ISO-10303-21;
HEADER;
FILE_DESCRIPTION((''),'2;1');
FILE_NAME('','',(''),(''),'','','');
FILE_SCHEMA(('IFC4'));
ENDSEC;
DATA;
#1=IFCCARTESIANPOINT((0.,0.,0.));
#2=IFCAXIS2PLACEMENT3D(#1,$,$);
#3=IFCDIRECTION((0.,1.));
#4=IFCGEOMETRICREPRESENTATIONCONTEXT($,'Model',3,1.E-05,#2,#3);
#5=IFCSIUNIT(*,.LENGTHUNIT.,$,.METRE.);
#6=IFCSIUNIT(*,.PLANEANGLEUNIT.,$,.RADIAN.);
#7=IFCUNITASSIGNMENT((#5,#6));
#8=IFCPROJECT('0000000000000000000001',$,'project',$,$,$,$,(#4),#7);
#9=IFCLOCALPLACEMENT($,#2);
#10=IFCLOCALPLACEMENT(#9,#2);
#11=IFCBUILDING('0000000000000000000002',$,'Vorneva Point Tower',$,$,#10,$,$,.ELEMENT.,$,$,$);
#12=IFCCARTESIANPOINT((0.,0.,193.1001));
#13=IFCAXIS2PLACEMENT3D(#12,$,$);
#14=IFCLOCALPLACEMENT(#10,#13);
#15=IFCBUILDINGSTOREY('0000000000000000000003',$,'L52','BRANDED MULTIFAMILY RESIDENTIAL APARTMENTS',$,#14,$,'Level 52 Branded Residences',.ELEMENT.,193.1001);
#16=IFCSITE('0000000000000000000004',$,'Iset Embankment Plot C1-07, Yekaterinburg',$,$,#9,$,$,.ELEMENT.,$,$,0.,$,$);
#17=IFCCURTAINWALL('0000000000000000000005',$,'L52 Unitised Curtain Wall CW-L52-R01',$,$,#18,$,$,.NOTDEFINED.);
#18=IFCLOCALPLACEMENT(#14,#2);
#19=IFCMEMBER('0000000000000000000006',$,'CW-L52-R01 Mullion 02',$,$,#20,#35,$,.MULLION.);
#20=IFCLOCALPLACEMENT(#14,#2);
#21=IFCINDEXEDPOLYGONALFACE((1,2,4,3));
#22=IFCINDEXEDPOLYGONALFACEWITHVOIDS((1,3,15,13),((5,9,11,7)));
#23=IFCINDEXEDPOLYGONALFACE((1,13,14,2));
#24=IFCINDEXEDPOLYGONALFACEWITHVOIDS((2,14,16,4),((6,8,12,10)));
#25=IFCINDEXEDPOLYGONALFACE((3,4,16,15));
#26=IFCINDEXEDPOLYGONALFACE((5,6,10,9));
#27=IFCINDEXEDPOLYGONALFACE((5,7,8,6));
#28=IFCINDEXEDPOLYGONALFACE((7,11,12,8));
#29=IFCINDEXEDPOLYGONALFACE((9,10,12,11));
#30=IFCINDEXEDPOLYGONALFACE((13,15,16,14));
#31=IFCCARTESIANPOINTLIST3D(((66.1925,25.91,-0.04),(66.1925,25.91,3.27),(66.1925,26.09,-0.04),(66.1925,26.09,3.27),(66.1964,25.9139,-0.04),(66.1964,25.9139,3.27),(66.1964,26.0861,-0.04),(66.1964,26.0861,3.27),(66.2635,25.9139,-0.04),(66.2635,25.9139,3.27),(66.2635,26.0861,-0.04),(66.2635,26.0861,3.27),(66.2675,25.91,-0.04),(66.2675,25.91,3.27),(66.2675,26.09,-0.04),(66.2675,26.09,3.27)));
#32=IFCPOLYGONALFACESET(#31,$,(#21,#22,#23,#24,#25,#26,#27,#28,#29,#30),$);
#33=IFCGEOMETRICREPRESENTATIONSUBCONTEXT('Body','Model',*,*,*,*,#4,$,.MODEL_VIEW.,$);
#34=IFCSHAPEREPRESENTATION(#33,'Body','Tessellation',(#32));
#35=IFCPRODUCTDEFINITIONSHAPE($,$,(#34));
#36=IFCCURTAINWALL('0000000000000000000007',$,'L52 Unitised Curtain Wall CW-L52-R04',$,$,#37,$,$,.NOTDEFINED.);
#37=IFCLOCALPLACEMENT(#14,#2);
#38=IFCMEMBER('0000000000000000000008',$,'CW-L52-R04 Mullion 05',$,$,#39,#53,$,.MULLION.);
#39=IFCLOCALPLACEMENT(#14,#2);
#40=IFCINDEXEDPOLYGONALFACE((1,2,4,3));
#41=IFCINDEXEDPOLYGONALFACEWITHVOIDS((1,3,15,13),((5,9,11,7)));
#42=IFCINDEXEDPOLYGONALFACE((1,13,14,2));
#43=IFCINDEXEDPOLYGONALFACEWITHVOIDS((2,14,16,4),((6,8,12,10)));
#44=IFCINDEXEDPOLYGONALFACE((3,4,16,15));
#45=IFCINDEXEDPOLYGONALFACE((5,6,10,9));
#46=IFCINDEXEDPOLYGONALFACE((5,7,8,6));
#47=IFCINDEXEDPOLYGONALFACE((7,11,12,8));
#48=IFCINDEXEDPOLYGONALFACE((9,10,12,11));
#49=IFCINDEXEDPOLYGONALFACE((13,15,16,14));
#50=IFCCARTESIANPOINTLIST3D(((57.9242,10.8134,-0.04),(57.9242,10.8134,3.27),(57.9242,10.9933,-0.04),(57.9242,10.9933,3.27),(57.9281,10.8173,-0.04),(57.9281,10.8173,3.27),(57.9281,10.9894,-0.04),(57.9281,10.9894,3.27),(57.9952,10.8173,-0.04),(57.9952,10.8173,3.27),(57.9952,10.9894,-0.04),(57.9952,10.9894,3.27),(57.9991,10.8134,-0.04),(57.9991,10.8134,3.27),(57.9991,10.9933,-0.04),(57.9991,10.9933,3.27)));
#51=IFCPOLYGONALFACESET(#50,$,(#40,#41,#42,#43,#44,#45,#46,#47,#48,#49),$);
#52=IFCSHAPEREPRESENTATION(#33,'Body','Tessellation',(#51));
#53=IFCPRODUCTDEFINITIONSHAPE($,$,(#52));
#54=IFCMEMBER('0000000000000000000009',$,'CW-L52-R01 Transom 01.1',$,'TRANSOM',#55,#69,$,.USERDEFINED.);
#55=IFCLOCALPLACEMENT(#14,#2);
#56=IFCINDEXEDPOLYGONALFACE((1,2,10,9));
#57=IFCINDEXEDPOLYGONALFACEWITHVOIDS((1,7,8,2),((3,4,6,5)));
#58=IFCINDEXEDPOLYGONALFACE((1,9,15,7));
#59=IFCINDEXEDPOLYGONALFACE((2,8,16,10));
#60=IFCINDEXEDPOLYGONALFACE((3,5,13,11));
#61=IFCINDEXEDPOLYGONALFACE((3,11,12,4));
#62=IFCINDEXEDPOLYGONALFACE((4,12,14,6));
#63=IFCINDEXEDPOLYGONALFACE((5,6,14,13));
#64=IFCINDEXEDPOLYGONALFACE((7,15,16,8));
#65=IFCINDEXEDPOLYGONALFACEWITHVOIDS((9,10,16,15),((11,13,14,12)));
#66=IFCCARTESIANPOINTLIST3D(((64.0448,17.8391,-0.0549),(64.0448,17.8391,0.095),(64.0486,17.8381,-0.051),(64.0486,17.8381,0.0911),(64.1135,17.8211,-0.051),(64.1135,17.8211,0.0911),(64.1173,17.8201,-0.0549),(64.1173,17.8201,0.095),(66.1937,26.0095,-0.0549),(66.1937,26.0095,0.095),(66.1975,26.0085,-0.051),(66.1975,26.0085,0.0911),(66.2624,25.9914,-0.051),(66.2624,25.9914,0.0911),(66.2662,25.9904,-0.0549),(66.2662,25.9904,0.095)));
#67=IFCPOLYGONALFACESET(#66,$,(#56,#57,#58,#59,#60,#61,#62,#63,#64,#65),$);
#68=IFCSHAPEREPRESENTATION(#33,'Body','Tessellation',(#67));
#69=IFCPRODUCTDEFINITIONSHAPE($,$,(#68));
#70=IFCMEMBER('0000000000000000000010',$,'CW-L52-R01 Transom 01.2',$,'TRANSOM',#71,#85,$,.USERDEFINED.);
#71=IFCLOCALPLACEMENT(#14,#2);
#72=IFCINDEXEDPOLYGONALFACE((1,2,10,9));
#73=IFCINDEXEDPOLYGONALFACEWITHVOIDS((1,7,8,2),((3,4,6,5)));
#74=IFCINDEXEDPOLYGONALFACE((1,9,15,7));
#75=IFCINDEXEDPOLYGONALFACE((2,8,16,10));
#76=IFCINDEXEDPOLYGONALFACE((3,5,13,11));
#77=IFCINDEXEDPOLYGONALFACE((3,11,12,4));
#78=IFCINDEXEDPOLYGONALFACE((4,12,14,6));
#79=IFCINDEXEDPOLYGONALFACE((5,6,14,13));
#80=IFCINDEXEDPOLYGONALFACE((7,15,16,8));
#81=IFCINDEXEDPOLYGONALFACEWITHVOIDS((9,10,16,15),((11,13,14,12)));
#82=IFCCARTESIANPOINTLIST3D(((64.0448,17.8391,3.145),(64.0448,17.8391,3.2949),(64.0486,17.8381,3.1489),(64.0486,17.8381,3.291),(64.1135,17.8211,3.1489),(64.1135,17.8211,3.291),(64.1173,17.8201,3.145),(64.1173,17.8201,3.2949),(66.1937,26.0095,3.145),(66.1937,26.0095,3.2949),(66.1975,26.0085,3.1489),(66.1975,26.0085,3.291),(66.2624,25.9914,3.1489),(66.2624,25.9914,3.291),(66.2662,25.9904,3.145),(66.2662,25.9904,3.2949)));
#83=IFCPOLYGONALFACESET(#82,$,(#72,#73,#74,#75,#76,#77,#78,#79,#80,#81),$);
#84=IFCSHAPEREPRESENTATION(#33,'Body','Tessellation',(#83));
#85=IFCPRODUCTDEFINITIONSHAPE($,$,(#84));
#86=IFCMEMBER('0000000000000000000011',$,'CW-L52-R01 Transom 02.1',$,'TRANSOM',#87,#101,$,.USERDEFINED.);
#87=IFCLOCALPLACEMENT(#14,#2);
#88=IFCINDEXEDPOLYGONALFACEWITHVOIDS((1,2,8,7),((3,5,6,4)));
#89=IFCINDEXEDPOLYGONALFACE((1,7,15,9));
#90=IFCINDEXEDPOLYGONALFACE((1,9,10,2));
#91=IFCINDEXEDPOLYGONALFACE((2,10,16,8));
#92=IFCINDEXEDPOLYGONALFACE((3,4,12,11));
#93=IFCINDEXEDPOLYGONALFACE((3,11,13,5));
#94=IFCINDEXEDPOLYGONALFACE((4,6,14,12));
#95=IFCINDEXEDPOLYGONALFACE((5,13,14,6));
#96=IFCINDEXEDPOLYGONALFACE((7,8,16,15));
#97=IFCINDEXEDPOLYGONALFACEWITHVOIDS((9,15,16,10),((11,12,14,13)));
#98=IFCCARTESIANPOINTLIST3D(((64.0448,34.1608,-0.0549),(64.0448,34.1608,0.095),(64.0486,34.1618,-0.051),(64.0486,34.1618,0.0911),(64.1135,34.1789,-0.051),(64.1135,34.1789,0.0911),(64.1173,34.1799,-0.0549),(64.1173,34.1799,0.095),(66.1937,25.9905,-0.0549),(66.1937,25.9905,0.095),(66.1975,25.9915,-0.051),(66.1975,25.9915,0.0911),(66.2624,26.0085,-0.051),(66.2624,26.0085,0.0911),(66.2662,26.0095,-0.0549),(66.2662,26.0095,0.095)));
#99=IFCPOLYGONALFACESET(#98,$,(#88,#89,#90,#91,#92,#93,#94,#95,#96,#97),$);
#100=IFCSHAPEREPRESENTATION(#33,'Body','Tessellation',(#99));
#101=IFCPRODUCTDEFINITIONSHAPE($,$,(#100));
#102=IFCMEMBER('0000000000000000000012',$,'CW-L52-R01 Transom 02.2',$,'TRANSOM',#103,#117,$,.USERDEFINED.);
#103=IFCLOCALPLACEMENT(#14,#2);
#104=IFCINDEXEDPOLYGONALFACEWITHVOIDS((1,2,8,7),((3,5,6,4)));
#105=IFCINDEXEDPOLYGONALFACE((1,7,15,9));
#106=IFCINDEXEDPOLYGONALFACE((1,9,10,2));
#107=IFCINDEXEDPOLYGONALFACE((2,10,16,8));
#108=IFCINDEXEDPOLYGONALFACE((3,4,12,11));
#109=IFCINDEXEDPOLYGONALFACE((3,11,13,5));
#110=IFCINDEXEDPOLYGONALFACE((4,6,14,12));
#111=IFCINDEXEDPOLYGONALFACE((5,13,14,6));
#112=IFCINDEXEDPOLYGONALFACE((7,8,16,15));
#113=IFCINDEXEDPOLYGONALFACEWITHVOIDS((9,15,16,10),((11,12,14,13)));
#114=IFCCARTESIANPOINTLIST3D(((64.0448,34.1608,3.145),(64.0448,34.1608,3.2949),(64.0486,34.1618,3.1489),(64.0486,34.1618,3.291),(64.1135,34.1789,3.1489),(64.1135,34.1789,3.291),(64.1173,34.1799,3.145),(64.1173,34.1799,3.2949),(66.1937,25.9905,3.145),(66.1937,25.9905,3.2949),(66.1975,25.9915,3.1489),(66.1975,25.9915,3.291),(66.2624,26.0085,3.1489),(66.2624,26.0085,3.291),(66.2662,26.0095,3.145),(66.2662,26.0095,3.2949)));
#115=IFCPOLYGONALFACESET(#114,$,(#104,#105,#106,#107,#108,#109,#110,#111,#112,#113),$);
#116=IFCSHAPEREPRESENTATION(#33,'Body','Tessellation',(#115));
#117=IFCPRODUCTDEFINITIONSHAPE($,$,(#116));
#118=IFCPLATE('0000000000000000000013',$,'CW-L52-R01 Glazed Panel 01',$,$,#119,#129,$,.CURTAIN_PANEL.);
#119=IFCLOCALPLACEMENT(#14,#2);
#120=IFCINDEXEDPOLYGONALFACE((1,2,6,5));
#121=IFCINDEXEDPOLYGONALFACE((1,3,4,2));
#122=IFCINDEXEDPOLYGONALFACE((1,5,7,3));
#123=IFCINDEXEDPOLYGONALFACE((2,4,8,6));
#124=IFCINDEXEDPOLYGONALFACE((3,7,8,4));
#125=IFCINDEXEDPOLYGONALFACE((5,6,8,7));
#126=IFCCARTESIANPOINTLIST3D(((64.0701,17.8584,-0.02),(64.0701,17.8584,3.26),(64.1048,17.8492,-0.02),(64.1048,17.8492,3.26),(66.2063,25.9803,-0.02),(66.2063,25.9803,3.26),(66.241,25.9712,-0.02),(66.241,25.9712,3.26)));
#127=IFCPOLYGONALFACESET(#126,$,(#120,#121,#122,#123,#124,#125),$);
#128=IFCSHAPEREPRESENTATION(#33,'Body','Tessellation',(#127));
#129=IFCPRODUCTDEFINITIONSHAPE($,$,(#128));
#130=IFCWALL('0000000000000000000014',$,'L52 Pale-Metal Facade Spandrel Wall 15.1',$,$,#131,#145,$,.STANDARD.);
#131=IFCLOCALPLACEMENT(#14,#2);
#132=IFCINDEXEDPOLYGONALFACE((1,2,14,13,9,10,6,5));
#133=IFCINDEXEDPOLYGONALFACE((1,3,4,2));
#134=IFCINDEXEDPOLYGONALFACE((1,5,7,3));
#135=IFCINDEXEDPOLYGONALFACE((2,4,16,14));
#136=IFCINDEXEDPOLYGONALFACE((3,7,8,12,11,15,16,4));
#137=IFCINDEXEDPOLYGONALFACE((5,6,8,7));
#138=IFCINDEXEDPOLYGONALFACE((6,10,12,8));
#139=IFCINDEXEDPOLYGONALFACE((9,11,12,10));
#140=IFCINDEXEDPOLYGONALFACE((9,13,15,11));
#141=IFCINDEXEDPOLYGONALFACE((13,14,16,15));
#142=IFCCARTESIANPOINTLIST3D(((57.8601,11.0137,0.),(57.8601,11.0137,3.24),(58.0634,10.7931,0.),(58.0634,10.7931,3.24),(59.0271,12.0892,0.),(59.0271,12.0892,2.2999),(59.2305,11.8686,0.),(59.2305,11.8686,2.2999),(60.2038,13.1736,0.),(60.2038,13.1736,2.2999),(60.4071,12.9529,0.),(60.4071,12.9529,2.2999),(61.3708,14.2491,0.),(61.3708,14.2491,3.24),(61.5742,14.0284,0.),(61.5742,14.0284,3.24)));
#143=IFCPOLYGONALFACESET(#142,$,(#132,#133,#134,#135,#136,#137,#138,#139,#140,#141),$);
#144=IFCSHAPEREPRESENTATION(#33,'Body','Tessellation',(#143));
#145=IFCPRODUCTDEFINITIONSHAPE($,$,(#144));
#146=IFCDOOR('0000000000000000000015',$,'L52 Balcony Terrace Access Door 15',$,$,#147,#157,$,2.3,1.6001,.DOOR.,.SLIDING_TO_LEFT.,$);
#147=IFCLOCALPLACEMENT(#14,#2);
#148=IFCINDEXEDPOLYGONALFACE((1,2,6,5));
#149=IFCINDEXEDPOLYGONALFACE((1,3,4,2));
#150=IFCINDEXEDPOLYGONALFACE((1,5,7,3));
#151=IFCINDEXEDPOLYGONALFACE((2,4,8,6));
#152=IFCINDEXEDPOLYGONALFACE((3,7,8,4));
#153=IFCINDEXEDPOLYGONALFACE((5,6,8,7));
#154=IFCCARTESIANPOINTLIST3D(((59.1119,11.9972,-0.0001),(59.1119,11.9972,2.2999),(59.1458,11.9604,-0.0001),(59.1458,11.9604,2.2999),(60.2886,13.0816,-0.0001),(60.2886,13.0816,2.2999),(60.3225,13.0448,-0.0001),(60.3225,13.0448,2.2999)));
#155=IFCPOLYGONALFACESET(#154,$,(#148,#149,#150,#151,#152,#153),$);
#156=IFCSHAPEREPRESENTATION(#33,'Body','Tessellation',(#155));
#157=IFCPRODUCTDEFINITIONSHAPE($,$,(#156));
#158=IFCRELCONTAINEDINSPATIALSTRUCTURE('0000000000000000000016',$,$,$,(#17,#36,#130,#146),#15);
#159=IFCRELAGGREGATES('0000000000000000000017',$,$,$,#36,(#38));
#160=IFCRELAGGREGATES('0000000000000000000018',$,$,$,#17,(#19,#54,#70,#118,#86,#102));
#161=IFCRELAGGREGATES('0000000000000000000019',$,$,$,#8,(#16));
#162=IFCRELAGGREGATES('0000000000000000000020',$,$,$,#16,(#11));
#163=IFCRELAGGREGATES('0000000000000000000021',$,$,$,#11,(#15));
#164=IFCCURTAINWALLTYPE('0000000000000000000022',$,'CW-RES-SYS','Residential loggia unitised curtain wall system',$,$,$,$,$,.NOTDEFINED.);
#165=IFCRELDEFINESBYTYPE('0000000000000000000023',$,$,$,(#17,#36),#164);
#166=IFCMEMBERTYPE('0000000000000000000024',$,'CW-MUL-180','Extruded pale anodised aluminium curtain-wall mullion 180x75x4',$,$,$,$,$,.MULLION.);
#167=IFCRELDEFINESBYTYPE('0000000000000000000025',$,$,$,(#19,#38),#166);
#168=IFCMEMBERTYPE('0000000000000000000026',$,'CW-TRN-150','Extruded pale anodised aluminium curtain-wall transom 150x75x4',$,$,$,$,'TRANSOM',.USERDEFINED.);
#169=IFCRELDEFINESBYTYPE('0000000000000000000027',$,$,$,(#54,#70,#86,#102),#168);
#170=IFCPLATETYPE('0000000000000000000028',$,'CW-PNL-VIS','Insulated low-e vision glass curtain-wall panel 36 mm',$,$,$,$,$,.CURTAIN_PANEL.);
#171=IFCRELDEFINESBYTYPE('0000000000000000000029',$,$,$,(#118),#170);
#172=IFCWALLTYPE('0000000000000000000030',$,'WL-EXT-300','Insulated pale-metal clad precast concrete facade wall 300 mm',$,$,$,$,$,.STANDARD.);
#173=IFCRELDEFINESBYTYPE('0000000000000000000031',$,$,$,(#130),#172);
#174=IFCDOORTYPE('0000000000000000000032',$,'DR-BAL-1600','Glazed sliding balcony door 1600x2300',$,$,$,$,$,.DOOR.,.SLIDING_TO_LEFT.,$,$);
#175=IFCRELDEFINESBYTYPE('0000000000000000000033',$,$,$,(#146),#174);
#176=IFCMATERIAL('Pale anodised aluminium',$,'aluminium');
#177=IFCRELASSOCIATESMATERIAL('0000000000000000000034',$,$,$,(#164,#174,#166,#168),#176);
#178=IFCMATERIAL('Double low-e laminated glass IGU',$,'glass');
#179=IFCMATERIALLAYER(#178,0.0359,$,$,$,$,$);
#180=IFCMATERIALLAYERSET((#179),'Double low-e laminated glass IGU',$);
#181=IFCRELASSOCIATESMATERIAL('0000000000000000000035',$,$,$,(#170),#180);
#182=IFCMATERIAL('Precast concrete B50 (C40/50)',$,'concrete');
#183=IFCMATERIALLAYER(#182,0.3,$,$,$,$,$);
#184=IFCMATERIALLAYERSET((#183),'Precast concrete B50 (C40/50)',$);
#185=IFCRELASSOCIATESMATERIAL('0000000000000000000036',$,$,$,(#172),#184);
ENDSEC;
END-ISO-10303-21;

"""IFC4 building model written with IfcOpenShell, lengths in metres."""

from ifc_helpers import new_model, si_unit, direction, frame, frame_2d, origin, origin_2d, place, context, subcontext, project, spatial, rectangle, hollow_rectangle, extrude, material, layer, layer_set, material_profile, profile_set, type_object, element, fill, aggregate, save


model = new_model("IFC4")

# Units and contexts
model_context = context("Model", 3, precision=1e-05, world=origin(), true_north=direction((0.0, 1.0)))
body_context = subcontext(model_context, "Body", "Model", "MODEL_VIEW")
ifc_project = project(units=[si_unit("LENGTHUNIT", "METRE"), si_unit("PLANEANGLEUNIT", "RADIAN")], contexts=[model_context])

# Site, building, storey
site_placement = place(None, origin())
site = spatial("IfcSite", under=ifc_project, at=site_placement, Name="Iset Embankment Plot C1-07, Yekaterinburg", CompositionType="ELEMENT", RefElevation=0.0)
building_placement = place(site_placement, origin())
building = spatial("IfcBuilding", under=site, at=building_placement, Name="Vorneva Point Tower", CompositionType="ELEMENT")
storey_placement = place(building_placement, frame((0.0, 0.0, 193.1001)))
storey = spatial("IfcBuildingStorey", under=building, at=storey_placement, Name="L52", Description="BRANDED MULTIFAMILY RESIDENTIAL APARTMENTS", LongName="Level 52 Branded Residences", CompositionType="ELEMENT", Elevation=193.1001)

# Curtain wall, member
ifc_material_1 = material(Name="Pale anodised aluminium", Category="aluminium")
curtain_wall_type = type_object("IfcCurtainWallType", Name="CW-RES-SYS", Description="Residential loggia unitised curtain wall system", PredefinedType="NOTDEFINED", material=ifc_material_1)
curtain_wall_1_placement = place(storey_placement, origin())
curtain_wall_1 = element("IfcCurtainWall", 1, at=curtain_wall_1_placement, inside=storey, type_object=curtain_wall_type, Name="L52 Unitised Curtain Wall CW-L52-R01", PredefinedType="NOTDEFINED")
ifc_material_profile_1 = material_profile(ifc_material_1, hollow_rectangle(XDim=0.075, YDim=0.1799, WallThickness=0.0039, at=origin_2d()), Name="AL-MUL 180x75x4")
ifc_profile_set_1 = profile_set([ifc_material_profile_1], Name="Pale anodised aluminium")
member_type_1 = type_object("IfcMemberType", Name="CW-MUL-180", Description="Extruded pale anodised aluminium curtain-wall mullion 180x75x4", PredefinedType="MULLION", material=ifc_profile_set_1)
member_1_placement = place(storey_placement, frame((66.23, 26.0, -0.04), z_axis=(0.0, 0.0, 1.0), x_axis=(1.0, 0.0, 0.0)))
member_1 = element("IfcMember", 2, at=member_1_placement, type_object=member_type_1, Name="CW-L52-R01 Mullion 02", PredefinedType="MULLION", context=body_context, shape_type="SweptSolid", body=[
    extrude(hollow_rectangle(XDim=0.075, YDim=0.1799, WallThickness=0.0039, at=origin_2d()), origin(), (0.0, 0.0, 1.0), 3.3101),
])

# Curtain wall, member
curtain_wall_2_placement = place(storey_placement, origin())
curtain_wall_2 = element("IfcCurtainWall", 3, at=curtain_wall_2_placement, inside=storey, type_object=curtain_wall_type, Name="L52 Unitised Curtain Wall CW-L52-R04", PredefinedType="NOTDEFINED")
member_2_placement = place(storey_placement, frame((57.9617, 10.9033, -0.04), z_axis=(0.0, 0.0, 1.0), x_axis=(1.0, 0.0, 0.0)))
member_2 = element("IfcMember", 4, at=member_2_placement, type_object=member_type_1, Name="CW-L52-R04 Mullion 05", PredefinedType="MULLION", context=body_context, shape_type="SweptSolid", body=[
    extrude(hollow_rectangle(XDim=0.075, YDim=0.1799, WallThickness=0.0039, at=origin_2d()), origin(), (0.0, 0.0, 1.0), 3.3101),
])
aggregate(curtain_wall_2, [member_2])

# Members
ifc_material_profile_2 = material_profile(ifc_material_1, hollow_rectangle(XDim=0.075, YDim=0.1499, WallThickness=0.0039, at=origin_2d()), Name="AL-TRN 150x75x4")
ifc_profile_set_2 = profile_set([ifc_material_profile_2], Name="Pale anodised aluminium")
member_type_2 = type_object("IfcMemberType", Name="CW-TRN-150", Description="Extruded pale anodised aluminium curtain-wall transom 150x75x4", ElementType="TRANSOM", PredefinedType="USERDEFINED", material=ifc_profile_set_2)
member_3_placement = place(storey_placement, frame((64.0811, 17.8296, 0.02), z_axis=(0.254362, 0.967109, 0.0), x_axis=(-0.967109, 0.254362, 0.0)))
member_3 = element("IfcMember", 5, at=member_3_placement, type_object=member_type_2, Name="CW-L52-R01 Transom 01.1", ObjectType="TRANSOM", PredefinedType="USERDEFINED", context=body_context, shape_type="SweptSolid", body=[
    extrude(hollow_rectangle(XDim=0.075, YDim=0.1499, WallThickness=0.0039, at=origin_2d()), origin(), (0.0, 0.0, 1.0), 8.4482),
])
member_4_placement = place(storey_placement, frame((64.0811, 17.8296, 3.22), z_axis=(0.254362, 0.967109, 0.0), x_axis=(-0.967109, 0.254362, 0.0)))
member_4 = element("IfcMember", 6, at=member_4_placement, type_object=member_type_2, Name="CW-L52-R01 Transom 01.2", ObjectType="TRANSOM", PredefinedType="USERDEFINED", context=body_context, shape_type="SweptSolid", body=[
    extrude(hollow_rectangle(XDim=0.075, YDim=0.1499, WallThickness=0.0039, at=origin_2d()), origin(), (0.0, 0.0, 1.0), 8.4482),
])
member_5_placement = place(storey_placement, frame((66.23, 26.0, 0.02), z_axis=(-0.254362, 0.967109, 0.0), x_axis=(-0.967109, -0.254362, 0.0)))
member_5 = element("IfcMember", 7, at=member_5_placement, type_object=member_type_2, Name="CW-L52-R01 Transom 02.1", ObjectType="TRANSOM", PredefinedType="USERDEFINED", context=body_context, shape_type="SweptSolid", body=[
    extrude(hollow_rectangle(XDim=0.075, YDim=0.1499, WallThickness=0.0039, at=origin_2d()), origin(), (0.0, 0.0, 1.0), 8.4482),
])
member_6_placement = place(storey_placement, frame((66.23, 26.0, 3.22), z_axis=(-0.254362, 0.967109, 0.0), x_axis=(-0.967109, -0.254362, 0.0)))
member_6 = element("IfcMember", 8, at=member_6_placement, type_object=member_type_2, Name="CW-L52-R01 Transom 02.2", ObjectType="TRANSOM", PredefinedType="USERDEFINED", context=body_context, shape_type="SweptSolid", body=[
    extrude(hollow_rectangle(XDim=0.075, YDim=0.1499, WallThickness=0.0039, at=origin_2d()), origin(), (0.0, 0.0, 1.0), 8.4482),
])

# Plate
ifc_material_2 = material(Name="Double low-e laminated glass IGU", Category="glass")
ifc_layer_1 = layer(ifc_material_2, 0.0359)
ifc_layer_set_1 = layer_set([ifc_layer_1], Name="Double low-e laminated glass IGU")
plate_type = type_object("IfcPlateType", Name="CW-PNL-VIS", Description="Insulated low-e vision glass curtain-wall panel 36 mm", PredefinedType="CURTAIN_PANEL", material=ifc_layer_set_1)
plate_placement = place(storey_placement, frame((65.1555, 21.9148, -0.02), z_axis=(0.0, 0.0, 1.0), x_axis=(0.254366, 0.967108, 0.0)))
plate = element("IfcPlate", 9, at=plate_placement, type_object=plate_type, Name="CW-L52-R01 Glazed Panel 01", PredefinedType="CURTAIN_PANEL", context=body_context, shape_type="SweptSolid", body=[
    extrude(rectangle(XDim=8.3982, YDim=0.0359, at=origin_2d()), origin(), (0.0, 0.0, 1.0), 3.28),
])
aggregate(curtain_wall_1, [member_1, member_3, member_4, plate, member_5, member_6])

# Wall, opening, door
ifc_material_3 = material(Name="Precast concrete B50 (C40/50)", Category="concrete")
ifc_layer_2 = layer(ifc_material_3, 0.3)
ifc_layer_set_2 = layer_set([ifc_layer_2], Name="Precast concrete B50 (C40/50)")
wall_type_1 = type_object("IfcWallType", Name="WL-EXT-300", Description="Insulated pale-metal clad precast concrete facade wall 300 mm", PredefinedType="STANDARD", material=ifc_layer_set_2)
wall_1_placement = place(storey_placement, frame((57.9617, 10.9033, 0.0), z_axis=(0.0, 0.0, 1.0), x_axis=(0.73536, 0.677677, 0.0)))
wall_1 = element("IfcWall", 10, at=wall_1_placement, inside=storey, type_object=wall_type_1, Name="L52 Pale-Metal Facade Spandrel Wall 15.1", PredefinedType="STANDARD", context=body_context, shape_type="SweptSolid", body=[
    extrude(rectangle(XDim=4.7742, YDim=0.3, at=frame_2d((2.3872, 0.0))), origin(), (0.0, 0.0, 1.0), 3.24),
])
opening_1_placement = place(wall_1_placement, frame((1.5872, 0.0, 0.0)))
opening_1 = element("IfcOpeningElement", 11, at=opening_1_placement, cuts=wall_1, PredefinedType="OPENING", context=body_context, shape_type="SweptSolid", body=[
    extrude(rectangle(XDim=1.6001, YDim=2.3, at=frame_2d((0.8, 1.1499))), frame((0.0, 0.165, 0.0), z_axis=(0.0, -1.0, 0.0), x_axis=(1.0, 0.0, 0.0)), (0.0, 0.0, 1.0), 0.3298),
])
door_type = type_object("IfcDoorType", Name="DR-BAL-1600", Description="Glazed sliding balcony door 1600x2300", OperationType="SLIDING_TO_LEFT", PredefinedType="DOOR", material=ifc_material_1)
door_placement = place(opening_1_placement, origin())
door = element("IfcDoor", 12, at=door_placement, inside=storey, type_object=door_type, Name="L52 Balcony Terrace Access Door 15", OperationType="SLIDING_TO_LEFT", OverallHeight=2.3, OverallWidth=1.6001, PredefinedType="DOOR", context=body_context, shape_type="SweptSolid", body=[
    extrude(rectangle(XDim=1.6001, YDim=2.3, at=frame_2d((0.8, 1.1499))), frame((0.0, 0.0249, 0.0), z_axis=(0.0, -1.0, 0.0), x_axis=(1.0, 0.0, 0.0)), (0.0, 0.0, 1.0), 0.05),
])
fill(opening_1, door)

save(model, "model.ifc")
